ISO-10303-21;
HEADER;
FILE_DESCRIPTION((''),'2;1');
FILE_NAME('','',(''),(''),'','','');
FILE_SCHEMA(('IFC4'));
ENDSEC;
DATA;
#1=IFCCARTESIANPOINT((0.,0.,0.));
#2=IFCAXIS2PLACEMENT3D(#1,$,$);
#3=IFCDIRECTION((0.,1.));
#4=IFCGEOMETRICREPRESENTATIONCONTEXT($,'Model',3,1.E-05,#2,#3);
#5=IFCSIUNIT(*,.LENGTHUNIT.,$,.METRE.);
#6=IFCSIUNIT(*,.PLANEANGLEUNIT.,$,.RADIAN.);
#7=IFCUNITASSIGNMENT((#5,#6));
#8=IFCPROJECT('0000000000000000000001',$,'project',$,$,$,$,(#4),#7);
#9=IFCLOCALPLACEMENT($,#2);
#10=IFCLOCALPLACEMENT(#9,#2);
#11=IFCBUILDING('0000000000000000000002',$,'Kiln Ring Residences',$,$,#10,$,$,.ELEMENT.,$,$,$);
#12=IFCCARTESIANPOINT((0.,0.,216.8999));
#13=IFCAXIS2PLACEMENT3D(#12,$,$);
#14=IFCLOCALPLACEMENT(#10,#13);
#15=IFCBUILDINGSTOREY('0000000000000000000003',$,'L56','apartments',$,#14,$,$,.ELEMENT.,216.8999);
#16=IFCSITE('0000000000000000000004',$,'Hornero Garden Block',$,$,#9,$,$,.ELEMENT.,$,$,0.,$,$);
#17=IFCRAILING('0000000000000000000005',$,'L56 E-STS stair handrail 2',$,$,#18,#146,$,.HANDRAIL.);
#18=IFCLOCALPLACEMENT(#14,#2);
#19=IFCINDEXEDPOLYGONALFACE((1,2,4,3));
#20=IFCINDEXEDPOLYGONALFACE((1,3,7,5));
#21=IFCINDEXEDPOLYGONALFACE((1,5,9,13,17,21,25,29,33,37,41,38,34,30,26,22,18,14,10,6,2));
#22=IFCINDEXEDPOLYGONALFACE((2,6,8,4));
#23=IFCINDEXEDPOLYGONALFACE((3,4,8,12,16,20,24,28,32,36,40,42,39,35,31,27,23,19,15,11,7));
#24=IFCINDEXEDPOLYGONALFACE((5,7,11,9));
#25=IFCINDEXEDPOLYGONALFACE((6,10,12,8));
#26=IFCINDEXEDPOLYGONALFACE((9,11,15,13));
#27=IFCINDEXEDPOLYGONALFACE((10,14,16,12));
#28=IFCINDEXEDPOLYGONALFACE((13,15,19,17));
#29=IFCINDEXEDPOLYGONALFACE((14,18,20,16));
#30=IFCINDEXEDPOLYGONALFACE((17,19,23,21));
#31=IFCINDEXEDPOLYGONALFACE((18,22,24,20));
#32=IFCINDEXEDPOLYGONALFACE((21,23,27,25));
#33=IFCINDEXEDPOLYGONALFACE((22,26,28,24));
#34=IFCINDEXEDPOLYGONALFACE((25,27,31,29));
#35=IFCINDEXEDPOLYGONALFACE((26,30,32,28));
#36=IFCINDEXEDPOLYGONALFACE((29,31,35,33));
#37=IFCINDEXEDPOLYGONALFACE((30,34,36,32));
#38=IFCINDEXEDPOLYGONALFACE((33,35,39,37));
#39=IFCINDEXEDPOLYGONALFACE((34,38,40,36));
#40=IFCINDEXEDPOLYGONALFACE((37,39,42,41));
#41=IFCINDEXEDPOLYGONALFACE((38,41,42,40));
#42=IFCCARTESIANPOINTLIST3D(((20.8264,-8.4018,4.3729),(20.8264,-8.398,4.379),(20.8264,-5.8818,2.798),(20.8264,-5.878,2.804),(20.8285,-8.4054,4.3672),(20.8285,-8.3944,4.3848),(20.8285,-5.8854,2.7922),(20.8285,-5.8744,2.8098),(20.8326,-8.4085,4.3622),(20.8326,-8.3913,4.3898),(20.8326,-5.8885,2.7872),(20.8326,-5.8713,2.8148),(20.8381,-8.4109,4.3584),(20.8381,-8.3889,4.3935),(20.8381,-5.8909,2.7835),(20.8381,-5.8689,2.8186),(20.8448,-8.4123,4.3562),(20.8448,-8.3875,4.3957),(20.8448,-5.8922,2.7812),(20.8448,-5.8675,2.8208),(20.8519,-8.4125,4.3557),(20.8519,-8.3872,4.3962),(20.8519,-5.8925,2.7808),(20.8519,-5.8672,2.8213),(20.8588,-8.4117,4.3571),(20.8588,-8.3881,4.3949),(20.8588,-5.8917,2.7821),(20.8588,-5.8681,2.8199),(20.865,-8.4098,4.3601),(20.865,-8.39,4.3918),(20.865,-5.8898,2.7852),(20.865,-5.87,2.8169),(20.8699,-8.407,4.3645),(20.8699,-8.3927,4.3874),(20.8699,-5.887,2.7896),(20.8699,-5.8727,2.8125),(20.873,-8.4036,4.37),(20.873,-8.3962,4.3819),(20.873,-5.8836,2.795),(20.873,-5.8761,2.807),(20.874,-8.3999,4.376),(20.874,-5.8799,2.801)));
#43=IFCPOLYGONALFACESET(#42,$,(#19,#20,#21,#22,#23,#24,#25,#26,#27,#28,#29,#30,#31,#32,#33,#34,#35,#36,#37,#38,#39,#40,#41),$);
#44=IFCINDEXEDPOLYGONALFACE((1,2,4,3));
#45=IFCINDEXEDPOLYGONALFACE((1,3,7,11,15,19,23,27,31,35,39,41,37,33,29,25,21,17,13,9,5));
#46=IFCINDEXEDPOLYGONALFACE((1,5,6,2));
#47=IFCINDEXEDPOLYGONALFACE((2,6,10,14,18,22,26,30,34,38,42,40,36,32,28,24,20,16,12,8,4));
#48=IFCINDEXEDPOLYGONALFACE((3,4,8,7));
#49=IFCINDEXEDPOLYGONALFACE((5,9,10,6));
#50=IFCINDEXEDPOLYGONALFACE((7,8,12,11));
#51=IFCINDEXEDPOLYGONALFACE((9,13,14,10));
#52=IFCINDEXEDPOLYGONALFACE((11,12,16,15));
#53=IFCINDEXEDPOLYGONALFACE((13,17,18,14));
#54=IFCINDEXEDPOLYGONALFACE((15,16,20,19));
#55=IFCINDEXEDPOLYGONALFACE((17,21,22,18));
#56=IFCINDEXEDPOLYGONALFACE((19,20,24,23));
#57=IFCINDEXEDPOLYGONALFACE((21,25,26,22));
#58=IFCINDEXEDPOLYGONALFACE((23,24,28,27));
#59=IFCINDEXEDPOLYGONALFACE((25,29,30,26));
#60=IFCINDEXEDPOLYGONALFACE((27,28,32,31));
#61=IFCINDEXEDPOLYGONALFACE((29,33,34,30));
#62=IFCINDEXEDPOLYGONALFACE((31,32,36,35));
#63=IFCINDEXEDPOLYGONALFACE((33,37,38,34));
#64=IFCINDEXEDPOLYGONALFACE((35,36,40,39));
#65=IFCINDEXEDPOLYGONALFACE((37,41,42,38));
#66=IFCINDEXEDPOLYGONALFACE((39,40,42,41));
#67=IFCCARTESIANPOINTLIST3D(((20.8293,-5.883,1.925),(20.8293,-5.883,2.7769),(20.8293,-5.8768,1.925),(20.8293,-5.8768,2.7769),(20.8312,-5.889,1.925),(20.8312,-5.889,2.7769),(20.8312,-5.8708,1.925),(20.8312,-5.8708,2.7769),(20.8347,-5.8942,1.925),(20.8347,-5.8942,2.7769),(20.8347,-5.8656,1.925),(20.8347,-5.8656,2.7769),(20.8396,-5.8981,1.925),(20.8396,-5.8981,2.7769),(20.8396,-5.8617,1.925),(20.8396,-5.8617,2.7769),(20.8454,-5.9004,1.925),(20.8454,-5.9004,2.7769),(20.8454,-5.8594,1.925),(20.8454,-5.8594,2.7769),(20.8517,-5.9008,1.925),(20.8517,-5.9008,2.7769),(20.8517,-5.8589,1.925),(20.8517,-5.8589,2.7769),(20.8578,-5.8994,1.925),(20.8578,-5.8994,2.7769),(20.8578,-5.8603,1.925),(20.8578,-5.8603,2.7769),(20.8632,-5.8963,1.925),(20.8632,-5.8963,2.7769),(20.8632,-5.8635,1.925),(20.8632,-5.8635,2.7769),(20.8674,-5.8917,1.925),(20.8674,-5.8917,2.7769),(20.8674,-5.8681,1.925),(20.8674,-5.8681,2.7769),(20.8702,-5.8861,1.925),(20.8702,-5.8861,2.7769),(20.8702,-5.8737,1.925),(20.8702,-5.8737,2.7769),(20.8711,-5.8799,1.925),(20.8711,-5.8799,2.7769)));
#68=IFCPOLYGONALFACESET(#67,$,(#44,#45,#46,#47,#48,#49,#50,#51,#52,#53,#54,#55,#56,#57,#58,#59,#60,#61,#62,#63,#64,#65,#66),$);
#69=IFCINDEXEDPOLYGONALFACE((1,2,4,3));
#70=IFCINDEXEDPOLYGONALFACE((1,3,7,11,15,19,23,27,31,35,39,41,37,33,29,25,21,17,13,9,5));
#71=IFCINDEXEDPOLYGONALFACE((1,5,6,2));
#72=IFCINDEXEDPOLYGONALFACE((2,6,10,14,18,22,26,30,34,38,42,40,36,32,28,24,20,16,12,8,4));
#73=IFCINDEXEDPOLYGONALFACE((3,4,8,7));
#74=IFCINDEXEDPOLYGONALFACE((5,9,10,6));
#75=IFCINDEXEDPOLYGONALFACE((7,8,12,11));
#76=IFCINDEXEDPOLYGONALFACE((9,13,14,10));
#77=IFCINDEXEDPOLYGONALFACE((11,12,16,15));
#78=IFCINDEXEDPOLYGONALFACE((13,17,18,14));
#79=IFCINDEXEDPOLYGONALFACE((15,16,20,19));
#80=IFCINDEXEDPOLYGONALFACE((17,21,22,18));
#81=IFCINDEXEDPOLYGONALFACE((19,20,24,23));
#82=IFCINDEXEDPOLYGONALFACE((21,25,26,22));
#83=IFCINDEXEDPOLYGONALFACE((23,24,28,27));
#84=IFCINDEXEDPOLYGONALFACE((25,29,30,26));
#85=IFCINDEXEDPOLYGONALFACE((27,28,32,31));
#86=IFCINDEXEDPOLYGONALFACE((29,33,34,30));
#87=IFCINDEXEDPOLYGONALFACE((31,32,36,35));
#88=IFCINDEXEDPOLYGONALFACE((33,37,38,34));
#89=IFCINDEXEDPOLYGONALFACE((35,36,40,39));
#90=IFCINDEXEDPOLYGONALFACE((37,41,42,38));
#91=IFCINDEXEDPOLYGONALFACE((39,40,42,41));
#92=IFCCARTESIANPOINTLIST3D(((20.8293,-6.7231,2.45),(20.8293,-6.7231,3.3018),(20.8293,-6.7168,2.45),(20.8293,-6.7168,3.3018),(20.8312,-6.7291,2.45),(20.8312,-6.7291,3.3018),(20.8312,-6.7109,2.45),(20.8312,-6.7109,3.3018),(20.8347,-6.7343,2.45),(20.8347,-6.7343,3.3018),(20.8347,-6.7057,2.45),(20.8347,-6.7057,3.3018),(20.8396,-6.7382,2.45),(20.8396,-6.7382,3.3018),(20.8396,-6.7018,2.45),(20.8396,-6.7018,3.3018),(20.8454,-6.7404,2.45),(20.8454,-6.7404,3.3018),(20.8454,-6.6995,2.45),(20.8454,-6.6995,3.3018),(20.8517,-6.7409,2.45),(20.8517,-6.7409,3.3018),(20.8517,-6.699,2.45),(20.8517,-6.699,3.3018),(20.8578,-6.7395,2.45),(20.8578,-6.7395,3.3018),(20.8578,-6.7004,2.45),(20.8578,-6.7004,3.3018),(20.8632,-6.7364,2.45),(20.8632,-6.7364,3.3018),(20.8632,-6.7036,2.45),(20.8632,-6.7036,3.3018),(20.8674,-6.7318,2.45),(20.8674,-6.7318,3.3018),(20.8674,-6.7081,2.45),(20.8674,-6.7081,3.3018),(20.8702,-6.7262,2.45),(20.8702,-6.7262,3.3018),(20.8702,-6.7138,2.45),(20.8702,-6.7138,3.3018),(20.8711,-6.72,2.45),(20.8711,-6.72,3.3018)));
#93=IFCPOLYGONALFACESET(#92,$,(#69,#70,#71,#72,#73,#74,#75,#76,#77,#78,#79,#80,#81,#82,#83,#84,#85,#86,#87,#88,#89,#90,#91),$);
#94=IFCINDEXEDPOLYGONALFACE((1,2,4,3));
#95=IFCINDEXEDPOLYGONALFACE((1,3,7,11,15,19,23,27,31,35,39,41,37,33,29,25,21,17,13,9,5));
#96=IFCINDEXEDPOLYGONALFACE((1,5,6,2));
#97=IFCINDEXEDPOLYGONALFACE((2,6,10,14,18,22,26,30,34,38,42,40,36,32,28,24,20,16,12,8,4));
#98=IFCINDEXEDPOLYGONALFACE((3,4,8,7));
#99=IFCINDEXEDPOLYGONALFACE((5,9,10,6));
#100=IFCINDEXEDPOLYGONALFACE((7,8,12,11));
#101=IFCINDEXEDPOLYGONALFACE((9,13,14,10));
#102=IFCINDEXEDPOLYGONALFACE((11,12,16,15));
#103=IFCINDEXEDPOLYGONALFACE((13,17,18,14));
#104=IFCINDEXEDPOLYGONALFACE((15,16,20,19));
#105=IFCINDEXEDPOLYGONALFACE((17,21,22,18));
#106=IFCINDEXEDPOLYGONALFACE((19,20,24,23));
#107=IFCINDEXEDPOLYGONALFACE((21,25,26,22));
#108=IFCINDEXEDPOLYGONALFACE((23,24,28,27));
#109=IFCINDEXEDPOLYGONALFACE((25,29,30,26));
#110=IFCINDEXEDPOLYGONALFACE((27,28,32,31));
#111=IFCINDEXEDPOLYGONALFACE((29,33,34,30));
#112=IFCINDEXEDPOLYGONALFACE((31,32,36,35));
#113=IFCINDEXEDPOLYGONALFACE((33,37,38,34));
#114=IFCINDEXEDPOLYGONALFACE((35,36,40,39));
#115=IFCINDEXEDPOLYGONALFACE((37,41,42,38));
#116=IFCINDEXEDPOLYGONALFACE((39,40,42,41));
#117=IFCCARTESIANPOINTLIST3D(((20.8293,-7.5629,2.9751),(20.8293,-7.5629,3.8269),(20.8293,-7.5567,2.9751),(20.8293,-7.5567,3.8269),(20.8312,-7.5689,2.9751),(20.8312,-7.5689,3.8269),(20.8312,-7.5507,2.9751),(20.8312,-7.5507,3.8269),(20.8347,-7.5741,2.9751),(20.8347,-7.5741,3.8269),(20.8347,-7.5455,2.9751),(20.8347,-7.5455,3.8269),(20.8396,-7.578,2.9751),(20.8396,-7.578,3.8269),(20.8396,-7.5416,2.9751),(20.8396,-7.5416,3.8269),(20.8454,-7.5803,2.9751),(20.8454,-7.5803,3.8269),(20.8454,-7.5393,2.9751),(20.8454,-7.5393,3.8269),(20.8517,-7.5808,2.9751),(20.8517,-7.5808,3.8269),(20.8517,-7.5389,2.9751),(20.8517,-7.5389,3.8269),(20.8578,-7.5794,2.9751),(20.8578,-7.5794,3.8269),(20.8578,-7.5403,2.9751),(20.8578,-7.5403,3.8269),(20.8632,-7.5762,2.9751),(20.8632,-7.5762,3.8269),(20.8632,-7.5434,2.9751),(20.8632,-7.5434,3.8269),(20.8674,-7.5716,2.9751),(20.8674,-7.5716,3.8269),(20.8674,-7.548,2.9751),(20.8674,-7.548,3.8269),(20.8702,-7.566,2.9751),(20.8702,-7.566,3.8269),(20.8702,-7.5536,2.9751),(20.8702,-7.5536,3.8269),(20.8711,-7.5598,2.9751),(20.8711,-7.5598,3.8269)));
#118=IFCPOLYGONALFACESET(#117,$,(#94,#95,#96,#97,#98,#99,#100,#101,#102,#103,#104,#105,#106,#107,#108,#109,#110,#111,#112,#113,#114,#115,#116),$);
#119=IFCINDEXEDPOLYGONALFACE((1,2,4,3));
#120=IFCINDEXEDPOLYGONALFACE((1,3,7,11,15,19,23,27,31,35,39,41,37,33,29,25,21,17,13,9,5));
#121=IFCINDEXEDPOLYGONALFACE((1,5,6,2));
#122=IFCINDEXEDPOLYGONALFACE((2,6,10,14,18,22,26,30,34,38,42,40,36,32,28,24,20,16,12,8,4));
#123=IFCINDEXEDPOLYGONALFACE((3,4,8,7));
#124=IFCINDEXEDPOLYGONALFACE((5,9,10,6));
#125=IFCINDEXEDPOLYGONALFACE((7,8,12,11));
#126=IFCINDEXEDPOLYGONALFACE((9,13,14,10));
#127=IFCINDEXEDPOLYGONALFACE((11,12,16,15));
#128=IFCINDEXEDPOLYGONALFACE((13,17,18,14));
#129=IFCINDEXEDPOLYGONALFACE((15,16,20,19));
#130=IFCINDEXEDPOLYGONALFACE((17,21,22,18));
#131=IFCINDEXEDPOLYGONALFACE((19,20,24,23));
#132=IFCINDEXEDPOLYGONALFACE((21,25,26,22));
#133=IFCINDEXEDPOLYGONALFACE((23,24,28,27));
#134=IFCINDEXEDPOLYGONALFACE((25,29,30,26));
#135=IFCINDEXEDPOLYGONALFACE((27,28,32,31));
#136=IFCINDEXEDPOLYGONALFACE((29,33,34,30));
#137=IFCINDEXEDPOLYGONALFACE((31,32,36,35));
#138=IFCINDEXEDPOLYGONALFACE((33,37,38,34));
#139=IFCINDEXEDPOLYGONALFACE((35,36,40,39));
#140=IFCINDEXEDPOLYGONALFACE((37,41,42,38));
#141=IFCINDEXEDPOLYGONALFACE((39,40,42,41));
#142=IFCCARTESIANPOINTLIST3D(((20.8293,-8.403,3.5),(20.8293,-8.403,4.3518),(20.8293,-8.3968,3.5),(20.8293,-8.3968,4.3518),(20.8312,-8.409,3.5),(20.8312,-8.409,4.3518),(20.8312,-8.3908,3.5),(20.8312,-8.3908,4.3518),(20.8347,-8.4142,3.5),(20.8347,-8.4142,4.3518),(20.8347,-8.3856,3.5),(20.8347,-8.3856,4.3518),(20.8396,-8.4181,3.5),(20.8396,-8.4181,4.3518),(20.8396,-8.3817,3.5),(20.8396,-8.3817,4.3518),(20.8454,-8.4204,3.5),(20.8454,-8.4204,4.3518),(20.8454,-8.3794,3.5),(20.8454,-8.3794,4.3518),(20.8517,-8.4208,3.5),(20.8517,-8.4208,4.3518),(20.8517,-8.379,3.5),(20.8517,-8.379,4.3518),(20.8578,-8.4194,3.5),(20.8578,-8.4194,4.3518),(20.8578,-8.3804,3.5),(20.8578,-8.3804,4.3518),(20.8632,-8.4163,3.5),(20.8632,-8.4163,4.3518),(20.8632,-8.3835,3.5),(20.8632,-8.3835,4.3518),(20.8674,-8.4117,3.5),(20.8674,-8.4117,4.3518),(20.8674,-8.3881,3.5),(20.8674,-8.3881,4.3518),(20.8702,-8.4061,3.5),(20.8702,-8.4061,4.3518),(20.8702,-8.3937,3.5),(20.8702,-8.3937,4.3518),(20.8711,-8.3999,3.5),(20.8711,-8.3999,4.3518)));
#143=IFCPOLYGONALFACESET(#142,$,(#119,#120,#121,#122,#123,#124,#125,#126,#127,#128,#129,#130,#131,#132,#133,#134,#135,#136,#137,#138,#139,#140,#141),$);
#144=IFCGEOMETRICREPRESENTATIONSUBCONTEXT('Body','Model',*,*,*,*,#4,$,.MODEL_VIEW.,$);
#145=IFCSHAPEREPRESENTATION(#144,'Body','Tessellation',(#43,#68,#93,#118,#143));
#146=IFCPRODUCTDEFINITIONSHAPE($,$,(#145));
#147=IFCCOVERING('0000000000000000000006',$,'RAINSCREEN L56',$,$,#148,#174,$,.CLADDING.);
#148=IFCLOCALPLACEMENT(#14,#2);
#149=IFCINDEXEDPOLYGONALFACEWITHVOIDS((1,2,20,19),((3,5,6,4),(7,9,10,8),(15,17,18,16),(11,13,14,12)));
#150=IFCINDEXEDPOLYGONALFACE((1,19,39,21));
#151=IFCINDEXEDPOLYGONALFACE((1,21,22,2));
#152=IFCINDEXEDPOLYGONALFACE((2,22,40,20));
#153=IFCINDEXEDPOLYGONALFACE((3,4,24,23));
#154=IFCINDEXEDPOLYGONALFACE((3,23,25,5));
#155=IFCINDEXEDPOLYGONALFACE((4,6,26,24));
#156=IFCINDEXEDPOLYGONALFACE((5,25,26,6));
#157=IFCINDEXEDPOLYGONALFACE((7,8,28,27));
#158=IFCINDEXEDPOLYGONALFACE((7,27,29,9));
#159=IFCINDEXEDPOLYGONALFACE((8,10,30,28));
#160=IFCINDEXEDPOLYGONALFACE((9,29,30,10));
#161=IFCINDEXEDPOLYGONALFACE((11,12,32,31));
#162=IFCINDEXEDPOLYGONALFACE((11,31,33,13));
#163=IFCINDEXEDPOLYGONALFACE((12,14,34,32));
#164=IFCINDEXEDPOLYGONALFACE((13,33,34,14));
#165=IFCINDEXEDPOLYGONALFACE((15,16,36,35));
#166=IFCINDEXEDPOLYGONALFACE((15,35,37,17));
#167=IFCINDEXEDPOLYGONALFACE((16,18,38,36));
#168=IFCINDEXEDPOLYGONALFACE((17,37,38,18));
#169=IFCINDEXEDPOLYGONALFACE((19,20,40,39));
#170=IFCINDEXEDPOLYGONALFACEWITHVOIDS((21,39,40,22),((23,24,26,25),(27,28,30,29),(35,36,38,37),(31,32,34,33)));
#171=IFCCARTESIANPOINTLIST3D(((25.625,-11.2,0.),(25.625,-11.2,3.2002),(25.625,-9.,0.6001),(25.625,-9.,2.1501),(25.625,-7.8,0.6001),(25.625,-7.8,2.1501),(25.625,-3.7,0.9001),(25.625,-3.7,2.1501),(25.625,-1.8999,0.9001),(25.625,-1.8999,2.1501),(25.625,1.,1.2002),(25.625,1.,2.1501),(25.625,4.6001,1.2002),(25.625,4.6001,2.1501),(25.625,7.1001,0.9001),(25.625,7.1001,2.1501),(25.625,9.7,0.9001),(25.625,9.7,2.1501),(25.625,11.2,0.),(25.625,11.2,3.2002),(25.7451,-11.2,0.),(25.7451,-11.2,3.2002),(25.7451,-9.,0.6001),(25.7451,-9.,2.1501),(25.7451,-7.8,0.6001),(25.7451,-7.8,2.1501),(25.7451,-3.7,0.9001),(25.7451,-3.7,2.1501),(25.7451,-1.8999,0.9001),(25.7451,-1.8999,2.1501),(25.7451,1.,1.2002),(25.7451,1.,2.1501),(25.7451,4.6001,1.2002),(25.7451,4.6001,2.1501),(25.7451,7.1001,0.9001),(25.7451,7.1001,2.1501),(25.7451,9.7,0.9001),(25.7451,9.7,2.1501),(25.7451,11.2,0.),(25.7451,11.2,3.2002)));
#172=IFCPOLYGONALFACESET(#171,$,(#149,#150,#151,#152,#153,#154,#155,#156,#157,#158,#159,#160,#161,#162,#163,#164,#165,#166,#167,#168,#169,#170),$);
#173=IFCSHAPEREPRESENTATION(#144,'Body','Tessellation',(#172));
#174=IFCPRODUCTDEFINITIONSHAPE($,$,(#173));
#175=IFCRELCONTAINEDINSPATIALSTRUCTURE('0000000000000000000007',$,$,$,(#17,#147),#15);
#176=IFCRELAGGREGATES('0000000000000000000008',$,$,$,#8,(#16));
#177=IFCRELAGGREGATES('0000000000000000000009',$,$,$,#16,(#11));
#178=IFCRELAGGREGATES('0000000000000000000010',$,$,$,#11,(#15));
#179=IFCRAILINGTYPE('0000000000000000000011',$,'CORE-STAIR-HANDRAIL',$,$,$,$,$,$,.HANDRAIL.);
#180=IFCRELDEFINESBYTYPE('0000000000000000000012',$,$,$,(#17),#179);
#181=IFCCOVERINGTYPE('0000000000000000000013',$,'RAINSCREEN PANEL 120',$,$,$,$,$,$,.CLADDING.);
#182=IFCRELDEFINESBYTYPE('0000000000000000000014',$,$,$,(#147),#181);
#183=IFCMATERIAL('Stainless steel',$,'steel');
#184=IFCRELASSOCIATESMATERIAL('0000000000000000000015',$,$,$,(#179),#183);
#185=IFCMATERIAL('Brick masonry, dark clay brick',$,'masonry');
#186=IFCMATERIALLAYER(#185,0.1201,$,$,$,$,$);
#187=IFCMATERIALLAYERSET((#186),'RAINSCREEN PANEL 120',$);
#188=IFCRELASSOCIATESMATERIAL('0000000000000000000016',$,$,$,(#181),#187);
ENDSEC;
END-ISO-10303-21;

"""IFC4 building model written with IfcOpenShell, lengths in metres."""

from ifc_helpers import new_model, si_unit, direction, frame, origin, origin_2d, place, context, subcontext, project, spatial, polyline, circle, outline, extrude, material, layer, layer_set, type_object, element, save


model = new_model("IFC4")

# Units and contexts
model_context = context("Model", 3, precision=1e-05, world=origin(), true_north=direction((0.0, 1.0)))
body_context = subcontext(model_context, "Body", "Model", "MODEL_VIEW")
ifc_project = project(units=[si_unit("LENGTHUNIT", "METRE"), si_unit("PLANEANGLEUNIT", "RADIAN")], contexts=[model_context])

# Site, building, storey
site_placement = place(None, origin())
site = spatial("IfcSite", under=ifc_project, at=site_placement, Name="Hornero Garden Block", CompositionType="ELEMENT", RefElevation=0.0)
building_placement = place(site_placement, origin())
building = spatial("IfcBuilding", under=site, at=building_placement, Name="Kiln Ring Residences", CompositionType="ELEMENT")
storey_placement = place(building_placement, frame((0.0, 0.0, 216.8999)))
storey = spatial("IfcBuildingStorey", under=building, at=storey_placement, Name="L56", Description="apartments", CompositionType="ELEMENT", Elevation=216.8999)

# Railing
ifc_material_1 = material(Name="Stainless steel", Category="steel")
railing_type_1 = type_object("IfcRailingType", Name="CORE-STAIR-HANDRAIL", PredefinedType="HANDRAIL", material=ifc_material_1)
railing_1_placement = place(storey_placement, frame((20.8501, -5.8799, 1.925)))
element("IfcRailing", 1, at=railing_1_placement, inside=storey, type_object=railing_type_1, Name="L56 E-STS stair handrail 2", PredefinedType="HANDRAIL", context=body_context, shape_type="SweptSolid", body=[
    extrude(circle(Radius=0.0239, at=origin_2d()), frame((0.0, 0.0, 0.876), z_axis=(0.0, -0.848008, 0.529984), x_axis=(1.0, 0.0, 0.0)), (0.0, 0.0, 1.0), 2.9717),
    extrude(circle(Radius=0.021, at=origin_2d()), origin(), (0.0, 0.0, 1.0), 0.8518),
    extrude(circle(Radius=0.021, at=origin_2d()), frame((0.0, -0.8401, 0.5249)), (0.0, 0.0, 1.0), 0.8518),
    extrude(circle(Radius=0.021, at=origin_2d()), frame((0.0, -1.6799, 1.05)), (0.0, 0.0, 1.0), 0.8518),
    extrude(circle(Radius=0.021, at=origin_2d()), frame((0.0, -2.52, 1.575)), (0.0, 0.0, 1.0), 0.8518),
])

# Covering
ifc_material_2 = material(Name="Brick masonry, dark clay brick", Category="masonry")
ifc_layer_1 = layer(ifc_material_2, 0.1201)
ifc_layer_set_1 = layer_set([ifc_layer_1], Name="RAINSCREEN PANEL 120")
covering_type = type_object("IfcCoveringType", Name="RAINSCREEN PANEL 120", PredefinedType="CLADDING", material=ifc_layer_set_1)
covering_placement = place(storey_placement, frame((25.6851, -11.2, 0.0), z_axis=(0.0, 0.0, 1.0), x_axis=(0.0, 1.0, 0.0)))
element("IfcCovering", 2, at=covering_placement, inside=storey, type_object=covering_type, Name="RAINSCREEN L56", PredefinedType="CLADDING", context=body_context, shape_type="SweptSolid", body=[
    extrude(outline(polyline([(0.0, 0.0), (22.3999, 0.0), (22.3999, 3.2002), (0.0, 3.2002), (0.0, 0.0)]), holes=[polyline([(3.3999, 0.6001), (3.3999, 2.1501), (2.2, 2.1501), (2.2, 0.6001), (3.3999, 0.6001)]), polyline([(9.3, 0.9001), (9.3, 2.1501), (7.5, 2.1501), (7.5, 0.9001), (9.3, 0.9001)]), polyline([(20.8999, 0.9001), (20.8999, 2.1501), (18.3, 2.1501), (18.3, 0.9001), (20.8999, 0.9001)]), polyline([(15.8, 1.2002), (15.8, 2.1501), (12.2, 2.1501), (12.2, 1.2002), (15.8, 1.2002)])]), frame((0.0, 0.0601, 0.0), z_axis=(0.0, -1.0, 0.0), x_axis=(1.0, 0.0, 0.0)), (0.0, 0.0, 1.0), 0.1201),
])

save(model, "model.ifc")
